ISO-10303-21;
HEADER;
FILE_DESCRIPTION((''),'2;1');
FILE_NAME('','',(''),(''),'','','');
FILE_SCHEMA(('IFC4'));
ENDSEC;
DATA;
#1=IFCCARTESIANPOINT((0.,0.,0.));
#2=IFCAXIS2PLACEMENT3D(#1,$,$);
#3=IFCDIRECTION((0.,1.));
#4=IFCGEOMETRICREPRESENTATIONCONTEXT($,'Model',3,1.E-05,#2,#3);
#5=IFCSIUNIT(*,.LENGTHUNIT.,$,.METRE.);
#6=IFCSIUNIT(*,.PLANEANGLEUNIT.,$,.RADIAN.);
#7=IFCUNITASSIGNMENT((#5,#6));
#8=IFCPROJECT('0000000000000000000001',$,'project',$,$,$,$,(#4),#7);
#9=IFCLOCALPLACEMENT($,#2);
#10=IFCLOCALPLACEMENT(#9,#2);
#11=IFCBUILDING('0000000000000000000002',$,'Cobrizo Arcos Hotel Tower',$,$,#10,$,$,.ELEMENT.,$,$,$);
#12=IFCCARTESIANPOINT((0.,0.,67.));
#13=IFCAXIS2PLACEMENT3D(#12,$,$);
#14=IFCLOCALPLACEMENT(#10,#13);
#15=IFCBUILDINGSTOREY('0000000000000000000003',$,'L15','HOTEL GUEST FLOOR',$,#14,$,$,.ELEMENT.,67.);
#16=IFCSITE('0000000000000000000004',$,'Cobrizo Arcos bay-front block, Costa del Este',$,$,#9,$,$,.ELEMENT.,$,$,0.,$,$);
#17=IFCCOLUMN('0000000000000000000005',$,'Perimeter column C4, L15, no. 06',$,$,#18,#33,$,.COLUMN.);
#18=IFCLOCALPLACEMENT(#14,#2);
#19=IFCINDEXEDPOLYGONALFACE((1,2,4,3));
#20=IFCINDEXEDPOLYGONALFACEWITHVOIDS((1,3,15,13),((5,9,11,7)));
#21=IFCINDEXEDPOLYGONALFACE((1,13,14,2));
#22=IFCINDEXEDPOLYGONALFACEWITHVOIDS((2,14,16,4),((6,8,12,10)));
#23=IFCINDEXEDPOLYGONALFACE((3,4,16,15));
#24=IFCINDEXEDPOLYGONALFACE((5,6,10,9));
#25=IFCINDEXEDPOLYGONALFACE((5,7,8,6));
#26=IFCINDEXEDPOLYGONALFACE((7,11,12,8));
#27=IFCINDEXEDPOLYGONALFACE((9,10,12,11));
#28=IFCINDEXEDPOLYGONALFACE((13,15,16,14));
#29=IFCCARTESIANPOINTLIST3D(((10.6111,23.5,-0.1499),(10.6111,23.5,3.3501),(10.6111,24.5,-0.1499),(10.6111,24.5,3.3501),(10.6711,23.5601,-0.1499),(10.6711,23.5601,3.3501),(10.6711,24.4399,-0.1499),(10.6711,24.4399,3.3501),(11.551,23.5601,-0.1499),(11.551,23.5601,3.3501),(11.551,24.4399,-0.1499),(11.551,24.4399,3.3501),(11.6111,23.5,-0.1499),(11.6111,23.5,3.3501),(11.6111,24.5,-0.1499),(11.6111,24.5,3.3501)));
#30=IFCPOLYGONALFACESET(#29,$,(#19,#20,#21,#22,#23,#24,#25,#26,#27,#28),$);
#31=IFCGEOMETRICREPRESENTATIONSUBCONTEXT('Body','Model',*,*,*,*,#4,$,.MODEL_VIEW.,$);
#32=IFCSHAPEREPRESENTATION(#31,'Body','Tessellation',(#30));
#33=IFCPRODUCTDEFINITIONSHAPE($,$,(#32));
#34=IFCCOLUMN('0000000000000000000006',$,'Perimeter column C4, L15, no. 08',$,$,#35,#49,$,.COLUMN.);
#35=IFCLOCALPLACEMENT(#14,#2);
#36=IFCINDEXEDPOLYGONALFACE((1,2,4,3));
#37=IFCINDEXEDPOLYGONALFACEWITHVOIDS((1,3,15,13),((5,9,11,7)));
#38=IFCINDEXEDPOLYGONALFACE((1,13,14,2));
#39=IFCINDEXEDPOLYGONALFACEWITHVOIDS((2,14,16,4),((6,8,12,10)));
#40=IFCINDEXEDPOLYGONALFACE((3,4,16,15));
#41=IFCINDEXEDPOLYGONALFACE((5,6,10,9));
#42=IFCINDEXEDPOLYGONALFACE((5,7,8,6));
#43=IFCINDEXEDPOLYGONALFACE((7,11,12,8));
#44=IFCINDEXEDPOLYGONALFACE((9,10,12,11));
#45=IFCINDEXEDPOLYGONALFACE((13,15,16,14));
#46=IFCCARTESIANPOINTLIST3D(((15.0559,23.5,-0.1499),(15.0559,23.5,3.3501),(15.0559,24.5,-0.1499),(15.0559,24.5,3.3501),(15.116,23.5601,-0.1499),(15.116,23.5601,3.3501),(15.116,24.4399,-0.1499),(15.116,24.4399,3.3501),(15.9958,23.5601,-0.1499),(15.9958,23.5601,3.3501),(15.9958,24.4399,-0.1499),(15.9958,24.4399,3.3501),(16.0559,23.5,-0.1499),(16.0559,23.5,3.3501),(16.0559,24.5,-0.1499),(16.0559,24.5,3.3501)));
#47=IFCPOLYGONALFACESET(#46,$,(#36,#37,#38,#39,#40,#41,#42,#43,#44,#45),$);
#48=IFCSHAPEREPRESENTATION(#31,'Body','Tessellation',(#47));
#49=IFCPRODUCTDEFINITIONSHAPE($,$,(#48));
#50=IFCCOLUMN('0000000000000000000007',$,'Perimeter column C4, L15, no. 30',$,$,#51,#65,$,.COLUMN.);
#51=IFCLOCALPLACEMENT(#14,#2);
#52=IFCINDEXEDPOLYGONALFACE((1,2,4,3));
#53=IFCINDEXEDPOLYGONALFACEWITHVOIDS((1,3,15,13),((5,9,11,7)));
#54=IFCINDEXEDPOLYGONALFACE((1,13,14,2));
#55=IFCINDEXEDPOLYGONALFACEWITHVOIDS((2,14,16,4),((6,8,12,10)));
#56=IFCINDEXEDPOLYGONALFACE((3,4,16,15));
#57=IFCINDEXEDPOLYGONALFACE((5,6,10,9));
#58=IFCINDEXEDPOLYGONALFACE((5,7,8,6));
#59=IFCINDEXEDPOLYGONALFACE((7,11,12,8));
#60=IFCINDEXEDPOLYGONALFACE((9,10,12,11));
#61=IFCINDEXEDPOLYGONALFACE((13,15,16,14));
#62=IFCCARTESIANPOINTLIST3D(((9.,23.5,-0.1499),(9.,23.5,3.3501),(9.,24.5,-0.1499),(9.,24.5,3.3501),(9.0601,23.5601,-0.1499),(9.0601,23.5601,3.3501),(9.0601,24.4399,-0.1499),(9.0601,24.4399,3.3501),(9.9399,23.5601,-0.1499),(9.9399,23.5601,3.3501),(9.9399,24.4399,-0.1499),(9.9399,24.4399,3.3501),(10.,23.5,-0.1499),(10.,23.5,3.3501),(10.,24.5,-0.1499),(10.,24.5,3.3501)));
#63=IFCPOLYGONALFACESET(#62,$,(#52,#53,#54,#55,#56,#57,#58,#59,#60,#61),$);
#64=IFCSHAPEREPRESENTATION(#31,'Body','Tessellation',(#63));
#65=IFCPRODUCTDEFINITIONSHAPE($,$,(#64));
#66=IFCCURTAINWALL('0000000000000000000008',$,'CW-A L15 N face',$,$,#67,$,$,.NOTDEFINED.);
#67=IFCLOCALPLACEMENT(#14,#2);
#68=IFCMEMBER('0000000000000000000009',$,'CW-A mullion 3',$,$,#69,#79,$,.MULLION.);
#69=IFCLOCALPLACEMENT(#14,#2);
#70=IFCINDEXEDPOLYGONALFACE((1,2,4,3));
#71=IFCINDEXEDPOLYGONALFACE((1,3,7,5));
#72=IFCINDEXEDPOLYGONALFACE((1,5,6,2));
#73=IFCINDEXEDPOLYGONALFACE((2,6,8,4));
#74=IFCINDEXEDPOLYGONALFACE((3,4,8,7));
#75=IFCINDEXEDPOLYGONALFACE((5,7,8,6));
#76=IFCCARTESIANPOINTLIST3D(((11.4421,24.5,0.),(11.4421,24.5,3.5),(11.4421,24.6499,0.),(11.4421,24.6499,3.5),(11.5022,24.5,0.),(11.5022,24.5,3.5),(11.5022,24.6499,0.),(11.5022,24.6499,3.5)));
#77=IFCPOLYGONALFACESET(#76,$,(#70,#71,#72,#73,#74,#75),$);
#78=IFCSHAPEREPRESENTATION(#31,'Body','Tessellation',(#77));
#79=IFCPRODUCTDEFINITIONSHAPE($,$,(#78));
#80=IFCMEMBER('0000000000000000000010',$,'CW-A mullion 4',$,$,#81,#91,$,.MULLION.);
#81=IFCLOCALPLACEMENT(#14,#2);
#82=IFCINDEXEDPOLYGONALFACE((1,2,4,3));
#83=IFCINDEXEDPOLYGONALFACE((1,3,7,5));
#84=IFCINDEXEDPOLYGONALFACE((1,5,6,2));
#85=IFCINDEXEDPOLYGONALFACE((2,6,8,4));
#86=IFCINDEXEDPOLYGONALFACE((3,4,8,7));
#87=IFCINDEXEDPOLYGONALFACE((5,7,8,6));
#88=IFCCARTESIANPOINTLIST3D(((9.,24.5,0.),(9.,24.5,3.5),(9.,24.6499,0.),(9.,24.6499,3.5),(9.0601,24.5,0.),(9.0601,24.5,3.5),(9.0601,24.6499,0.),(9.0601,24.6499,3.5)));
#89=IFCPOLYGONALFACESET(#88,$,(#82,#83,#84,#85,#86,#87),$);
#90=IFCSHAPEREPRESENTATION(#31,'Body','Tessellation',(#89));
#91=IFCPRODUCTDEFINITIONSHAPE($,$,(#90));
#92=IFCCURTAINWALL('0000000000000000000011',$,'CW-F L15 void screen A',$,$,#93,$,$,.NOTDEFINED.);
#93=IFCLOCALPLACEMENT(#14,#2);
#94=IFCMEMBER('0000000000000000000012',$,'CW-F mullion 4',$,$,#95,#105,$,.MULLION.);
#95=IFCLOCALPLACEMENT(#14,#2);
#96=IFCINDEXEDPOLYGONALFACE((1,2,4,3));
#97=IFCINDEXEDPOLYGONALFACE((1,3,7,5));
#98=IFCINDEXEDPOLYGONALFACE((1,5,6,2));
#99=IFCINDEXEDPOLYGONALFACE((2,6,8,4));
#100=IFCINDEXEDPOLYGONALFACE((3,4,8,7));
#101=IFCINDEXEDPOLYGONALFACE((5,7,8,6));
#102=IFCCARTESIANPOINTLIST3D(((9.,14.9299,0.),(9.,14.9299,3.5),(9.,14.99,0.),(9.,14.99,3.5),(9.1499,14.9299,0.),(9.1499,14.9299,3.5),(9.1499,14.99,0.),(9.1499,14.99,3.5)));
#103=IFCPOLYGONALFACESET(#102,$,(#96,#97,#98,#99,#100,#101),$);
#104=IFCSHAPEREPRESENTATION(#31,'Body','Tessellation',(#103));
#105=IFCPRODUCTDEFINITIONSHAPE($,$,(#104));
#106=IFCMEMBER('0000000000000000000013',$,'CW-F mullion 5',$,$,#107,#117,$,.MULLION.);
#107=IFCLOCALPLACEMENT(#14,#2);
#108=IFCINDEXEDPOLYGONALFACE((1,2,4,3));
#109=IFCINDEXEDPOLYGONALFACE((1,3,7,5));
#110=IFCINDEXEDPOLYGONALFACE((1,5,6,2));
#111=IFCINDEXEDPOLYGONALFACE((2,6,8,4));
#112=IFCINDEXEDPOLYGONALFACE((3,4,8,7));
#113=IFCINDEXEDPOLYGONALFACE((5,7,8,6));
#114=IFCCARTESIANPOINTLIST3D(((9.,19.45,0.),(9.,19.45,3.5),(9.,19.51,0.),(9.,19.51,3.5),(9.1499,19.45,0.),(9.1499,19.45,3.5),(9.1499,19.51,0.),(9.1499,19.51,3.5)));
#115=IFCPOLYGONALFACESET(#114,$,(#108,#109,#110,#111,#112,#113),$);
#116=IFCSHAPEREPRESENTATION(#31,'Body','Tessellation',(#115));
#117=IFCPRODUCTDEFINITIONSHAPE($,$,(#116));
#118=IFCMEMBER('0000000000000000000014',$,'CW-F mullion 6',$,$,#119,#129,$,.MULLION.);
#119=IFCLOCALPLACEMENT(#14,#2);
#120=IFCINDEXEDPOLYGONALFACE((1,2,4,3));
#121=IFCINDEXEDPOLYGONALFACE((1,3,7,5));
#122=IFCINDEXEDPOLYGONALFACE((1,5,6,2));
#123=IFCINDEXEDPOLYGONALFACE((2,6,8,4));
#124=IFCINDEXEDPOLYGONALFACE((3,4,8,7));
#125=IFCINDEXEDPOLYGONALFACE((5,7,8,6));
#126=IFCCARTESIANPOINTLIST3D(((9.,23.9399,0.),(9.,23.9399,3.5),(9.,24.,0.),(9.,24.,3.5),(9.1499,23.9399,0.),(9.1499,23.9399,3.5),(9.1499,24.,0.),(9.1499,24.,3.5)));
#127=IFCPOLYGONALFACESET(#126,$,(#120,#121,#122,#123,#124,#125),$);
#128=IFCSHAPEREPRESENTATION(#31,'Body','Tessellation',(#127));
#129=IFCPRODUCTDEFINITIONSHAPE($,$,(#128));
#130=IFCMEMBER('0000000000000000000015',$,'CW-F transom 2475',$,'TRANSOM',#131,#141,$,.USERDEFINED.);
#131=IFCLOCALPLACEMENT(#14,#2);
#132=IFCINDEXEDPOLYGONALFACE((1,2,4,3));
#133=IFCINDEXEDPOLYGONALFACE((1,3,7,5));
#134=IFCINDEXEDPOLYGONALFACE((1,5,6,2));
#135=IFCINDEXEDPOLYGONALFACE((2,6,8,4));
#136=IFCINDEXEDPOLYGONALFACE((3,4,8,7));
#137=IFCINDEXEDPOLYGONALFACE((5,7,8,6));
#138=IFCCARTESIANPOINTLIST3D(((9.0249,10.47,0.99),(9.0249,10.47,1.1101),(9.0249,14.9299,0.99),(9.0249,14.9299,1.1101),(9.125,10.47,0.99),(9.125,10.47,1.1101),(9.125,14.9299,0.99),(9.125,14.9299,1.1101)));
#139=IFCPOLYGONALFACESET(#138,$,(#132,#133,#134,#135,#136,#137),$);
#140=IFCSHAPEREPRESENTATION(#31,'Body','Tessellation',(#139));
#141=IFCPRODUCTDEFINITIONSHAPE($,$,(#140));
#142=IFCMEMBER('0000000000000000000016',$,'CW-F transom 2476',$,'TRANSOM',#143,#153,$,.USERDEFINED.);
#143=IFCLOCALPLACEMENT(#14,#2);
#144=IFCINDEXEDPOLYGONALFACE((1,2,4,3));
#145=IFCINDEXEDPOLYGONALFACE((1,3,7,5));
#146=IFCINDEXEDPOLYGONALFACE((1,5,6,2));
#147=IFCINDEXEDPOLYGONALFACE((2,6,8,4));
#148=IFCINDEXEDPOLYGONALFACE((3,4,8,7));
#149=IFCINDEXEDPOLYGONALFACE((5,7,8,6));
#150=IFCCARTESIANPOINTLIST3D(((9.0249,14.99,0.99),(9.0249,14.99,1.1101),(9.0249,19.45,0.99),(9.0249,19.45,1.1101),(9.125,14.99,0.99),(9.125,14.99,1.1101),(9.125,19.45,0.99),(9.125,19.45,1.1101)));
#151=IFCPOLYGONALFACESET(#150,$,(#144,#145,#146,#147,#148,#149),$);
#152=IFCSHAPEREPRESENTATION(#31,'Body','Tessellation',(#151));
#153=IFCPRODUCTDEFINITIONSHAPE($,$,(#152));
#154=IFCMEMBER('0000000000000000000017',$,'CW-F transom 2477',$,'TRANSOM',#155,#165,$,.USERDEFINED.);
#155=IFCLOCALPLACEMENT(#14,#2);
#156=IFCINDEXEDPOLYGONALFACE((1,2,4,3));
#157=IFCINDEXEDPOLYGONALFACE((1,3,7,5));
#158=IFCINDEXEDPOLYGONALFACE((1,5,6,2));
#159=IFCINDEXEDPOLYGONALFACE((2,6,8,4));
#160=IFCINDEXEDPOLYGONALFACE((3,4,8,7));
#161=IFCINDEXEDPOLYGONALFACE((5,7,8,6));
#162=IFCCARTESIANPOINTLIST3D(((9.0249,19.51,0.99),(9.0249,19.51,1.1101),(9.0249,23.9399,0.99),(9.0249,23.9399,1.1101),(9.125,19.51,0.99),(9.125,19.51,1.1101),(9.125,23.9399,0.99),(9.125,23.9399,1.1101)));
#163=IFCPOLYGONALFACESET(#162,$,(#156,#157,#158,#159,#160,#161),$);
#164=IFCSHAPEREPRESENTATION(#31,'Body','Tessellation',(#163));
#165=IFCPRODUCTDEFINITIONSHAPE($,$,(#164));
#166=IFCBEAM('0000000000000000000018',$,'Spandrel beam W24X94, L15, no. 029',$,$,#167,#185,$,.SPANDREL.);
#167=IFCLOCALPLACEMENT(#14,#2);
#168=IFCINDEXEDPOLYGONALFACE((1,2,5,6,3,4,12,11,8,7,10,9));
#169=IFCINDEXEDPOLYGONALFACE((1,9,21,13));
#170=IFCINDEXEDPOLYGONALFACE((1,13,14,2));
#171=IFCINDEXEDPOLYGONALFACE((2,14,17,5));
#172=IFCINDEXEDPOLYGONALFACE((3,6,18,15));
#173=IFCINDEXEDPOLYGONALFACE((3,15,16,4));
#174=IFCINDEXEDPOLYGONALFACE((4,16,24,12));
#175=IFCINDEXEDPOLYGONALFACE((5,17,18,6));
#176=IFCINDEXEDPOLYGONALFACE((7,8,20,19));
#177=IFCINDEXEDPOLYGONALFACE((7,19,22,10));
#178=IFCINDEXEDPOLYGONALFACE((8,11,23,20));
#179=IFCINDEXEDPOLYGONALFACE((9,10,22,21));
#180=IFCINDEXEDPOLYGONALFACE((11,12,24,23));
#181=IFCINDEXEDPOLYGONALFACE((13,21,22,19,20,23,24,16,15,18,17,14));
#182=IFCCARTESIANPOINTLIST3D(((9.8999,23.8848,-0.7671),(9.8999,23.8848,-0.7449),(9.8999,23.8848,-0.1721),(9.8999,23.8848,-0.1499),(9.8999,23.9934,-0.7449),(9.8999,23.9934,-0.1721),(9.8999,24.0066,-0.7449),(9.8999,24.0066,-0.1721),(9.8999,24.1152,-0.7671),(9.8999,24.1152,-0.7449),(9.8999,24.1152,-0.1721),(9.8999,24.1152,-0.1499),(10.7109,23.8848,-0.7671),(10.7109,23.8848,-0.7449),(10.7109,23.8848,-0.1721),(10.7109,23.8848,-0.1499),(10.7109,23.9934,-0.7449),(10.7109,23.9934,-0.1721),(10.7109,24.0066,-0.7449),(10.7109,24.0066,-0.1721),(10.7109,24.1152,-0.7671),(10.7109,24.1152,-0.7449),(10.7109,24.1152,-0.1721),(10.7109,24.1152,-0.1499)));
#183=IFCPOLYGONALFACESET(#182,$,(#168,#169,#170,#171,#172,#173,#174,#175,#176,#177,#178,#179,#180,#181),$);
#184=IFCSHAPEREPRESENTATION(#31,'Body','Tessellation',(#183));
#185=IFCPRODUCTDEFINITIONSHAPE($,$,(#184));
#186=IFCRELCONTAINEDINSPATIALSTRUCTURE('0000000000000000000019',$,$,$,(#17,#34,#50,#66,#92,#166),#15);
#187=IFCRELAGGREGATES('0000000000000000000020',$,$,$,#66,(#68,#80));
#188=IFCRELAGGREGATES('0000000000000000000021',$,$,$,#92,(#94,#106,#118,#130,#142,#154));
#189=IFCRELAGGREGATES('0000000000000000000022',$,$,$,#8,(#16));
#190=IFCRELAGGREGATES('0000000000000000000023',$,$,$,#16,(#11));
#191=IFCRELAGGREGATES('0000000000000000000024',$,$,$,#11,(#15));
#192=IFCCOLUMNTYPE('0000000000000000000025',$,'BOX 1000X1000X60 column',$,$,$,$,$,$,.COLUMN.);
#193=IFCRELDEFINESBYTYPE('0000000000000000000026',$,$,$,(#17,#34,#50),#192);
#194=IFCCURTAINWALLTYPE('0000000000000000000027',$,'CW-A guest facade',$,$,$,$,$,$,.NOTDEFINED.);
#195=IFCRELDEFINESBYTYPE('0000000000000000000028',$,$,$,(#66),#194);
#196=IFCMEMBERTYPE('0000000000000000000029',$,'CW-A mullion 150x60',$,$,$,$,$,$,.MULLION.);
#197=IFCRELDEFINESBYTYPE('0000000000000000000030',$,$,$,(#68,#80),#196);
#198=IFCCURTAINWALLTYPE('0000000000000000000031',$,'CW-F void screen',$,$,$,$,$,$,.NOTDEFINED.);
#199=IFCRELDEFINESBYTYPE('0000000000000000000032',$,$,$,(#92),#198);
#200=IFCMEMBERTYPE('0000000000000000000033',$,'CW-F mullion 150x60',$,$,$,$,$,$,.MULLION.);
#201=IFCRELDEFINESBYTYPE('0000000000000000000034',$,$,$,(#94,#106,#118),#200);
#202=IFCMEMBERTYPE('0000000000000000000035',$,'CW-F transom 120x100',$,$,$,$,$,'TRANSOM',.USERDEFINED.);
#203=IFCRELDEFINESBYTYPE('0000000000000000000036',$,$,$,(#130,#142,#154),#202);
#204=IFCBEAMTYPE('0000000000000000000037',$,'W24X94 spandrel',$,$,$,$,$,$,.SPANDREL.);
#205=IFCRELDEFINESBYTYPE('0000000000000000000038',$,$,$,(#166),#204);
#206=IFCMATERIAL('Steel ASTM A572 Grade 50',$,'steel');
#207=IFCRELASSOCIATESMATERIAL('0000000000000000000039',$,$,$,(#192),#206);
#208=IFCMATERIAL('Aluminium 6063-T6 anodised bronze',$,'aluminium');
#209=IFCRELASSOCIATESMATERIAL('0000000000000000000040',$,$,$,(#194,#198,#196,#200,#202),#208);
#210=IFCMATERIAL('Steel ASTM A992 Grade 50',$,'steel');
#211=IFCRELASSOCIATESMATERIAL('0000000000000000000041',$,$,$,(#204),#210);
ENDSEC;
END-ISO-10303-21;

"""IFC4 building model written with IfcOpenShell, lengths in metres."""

from ifc_helpers import new_model, si_unit, direction, frame, origin, origin_2d, place, context, subcontext, project, spatial, rectangle, hollow_rectangle, i_section, extrude, material, material_profile, profile_set, type_object, element, aggregate, save


model = new_model("IFC4")

# Units and contexts
model_context = context("Model", 3, precision=1e-05, world=origin(), true_north=direction((0.0, 1.0)))
body_context = subcontext(model_context, "Body", "Model", "MODEL_VIEW")
ifc_project = project(units=[si_unit("LENGTHUNIT", "METRE"), si_unit("PLANEANGLEUNIT", "RADIAN")], contexts=[model_context])

# Site, building, storey
site_placement = place(None, origin())
site = spatial("IfcSite", under=ifc_project, at=site_placement, Name="Cobrizo Arcos bay-front block, Costa del Este", CompositionType="ELEMENT", RefElevation=0.0)
building_placement = place(site_placement, origin())
building = spatial("IfcBuilding", under=site, at=building_placement, Name="Cobrizo Arcos Hotel Tower", CompositionType="ELEMENT")
storey_placement = place(building_placement, frame((0.0, 0.0, 67.0)))
storey = spatial("IfcBuildingStorey", under=building, at=storey_placement, Name="L15", Description="HOTEL GUEST FLOOR", CompositionType="ELEMENT", Elevation=67.0)

# Columns
ifc_material_1 = material(Name="Steel ASTM A572 Grade 50", Category="steel")
ifc_material_profile_1 = material_profile(ifc_material_1, hollow_rectangle(XDim=1.0, YDim=1.0, WallThickness=0.0601, at=origin_2d()), Name="BOX 1000X1000X60")
ifc_profile_set_1 = profile_set([ifc_material_profile_1], Name="Steel ASTM A572 Grade 50")
column_type = type_object("IfcColumnType", Name="BOX 1000X1000X60 column", PredefinedType="COLUMN", material=ifc_profile_set_1)
for number, where, z_axis, x_axis, name in (
    (1, (11.1111, 24.0, -0.1499), (0.0, 0.0, 1.0), (1.0, 0.0, 0.0), "Perimeter column C4, L15, no. 06"),
    (2, (15.5559, 24.0, -0.1499), (0.0, 0.0, 1.0), (1.0, 0.0, 0.0), "Perimeter column C4, L15, no. 08"),
    (3, (9.5, 24.0, -0.1499), (0.0, 0.0, 1.0), (1.0, 0.0, 0.0), "Perimeter column C4, L15, no. 30"),
):
    element("IfcColumn", number, at=place(storey_placement, frame(where, z_axis=z_axis, x_axis=x_axis)), inside=storey, type_object=column_type, Name=name, PredefinedType="COLUMN", context=body_context, shape_type="SweptSolid", body=[
        extrude(hollow_rectangle(XDim=1.0, YDim=1.0, WallThickness=0.0601, at=origin_2d()), origin(), (0.0, 0.0, 1.0), 3.5),
    ])

# Curtain walls, members
ifc_material_2 = material(Name="Aluminium 6063-T6 anodised bronze", Category="aluminium")
curtain_wall_type_1 = type_object("IfcCurtainWallType", Name="CW-A guest facade", PredefinedType="NOTDEFINED", material=ifc_material_2)
curtain_wall_1_placement = place(storey_placement, origin())
curtain_wall_1 = element("IfcCurtainWall", 4, at=curtain_wall_1_placement, inside=storey, type_object=curtain_wall_type_1, Name="CW-A L15 N face", PredefinedType="NOTDEFINED")
ifc_material_profile_2 = material_profile(ifc_material_2, rectangle(XDim=0.1499, YDim=0.0601, at=origin_2d()), Name="CW-A mullion 150x60")
ifc_profile_set_2 = profile_set([ifc_material_profile_2], Name="Aluminium 6063-T6 anodised bronze")
member_type_1 = type_object("IfcMemberType", Name="CW-A mullion 150x60", PredefinedType="MULLION", material=ifc_profile_set_2)
member_1_placement = place(storey_placement, frame((11.4722, 24.575, 0.0), z_axis=(0.0, 0.0, 1.0), x_axis=(0.0, 1.0, 0.0)))
member_1 = element("IfcMember", 5, at=member_1_placement, type_object=member_type_1, Name="CW-A mullion 3", PredefinedType="MULLION", context=body_context, shape_type="SweptSolid", body=[
    extrude(rectangle(XDim=0.1499, YDim=0.0601, at=origin_2d()), origin(), (0.0, 0.0, 1.0), 3.5),
])
member_2_placement = place(storey_placement, frame((9.03, 24.575, 0.0), z_axis=(0.0, 0.0, 1.0), x_axis=(0.0, 1.0, 0.0)))
member_2 = element("IfcMember", 6, at=member_2_placement, type_object=member_type_1, Name="CW-A mullion 4", PredefinedType="MULLION", context=body_context, shape_type="SweptSolid", body=[
    extrude(rectangle(XDim=0.1499, YDim=0.0601, at=origin_2d()), origin(), (0.0, 0.0, 1.0), 3.5),
])
curtain_wall_type_2 = type_object("IfcCurtainWallType", Name="CW-F void screen", PredefinedType="NOTDEFINED", material=ifc_material_2)
curtain_wall_2_placement = place(storey_placement, origin())
curtain_wall_2 = element("IfcCurtainWall", 7, at=curtain_wall_2_placement, inside=storey, type_object=curtain_wall_type_2, Name="CW-F L15 void screen A", PredefinedType="NOTDEFINED")
ifc_material_profile_3 = material_profile(ifc_material_2, rectangle(XDim=0.1499, YDim=0.0601, at=origin_2d()), Name="CW-F mullion 150x60")
ifc_profile_set_3 = profile_set([ifc_material_profile_3], Name="Aluminium 6063-T6 anodised bronze")
member_type_2 = type_object("IfcMemberType", Name="CW-F mullion 150x60", PredefinedType="MULLION", material=ifc_profile_set_3)
member_3_placement = place(storey_placement, frame((9.075, 14.96, 0.0), z_axis=(0.0, 0.0, 1.0), x_axis=(1.0, 0.0, 0.0)))
member_3 = element("IfcMember", 8, at=member_3_placement, type_object=member_type_2, Name="CW-F mullion 4", PredefinedType="MULLION", context=body_context, shape_type="SweptSolid", body=[
    extrude(rectangle(XDim=0.1499, YDim=0.0601, at=origin_2d()), origin(), (0.0, 0.0, 1.0), 3.5),
])
member_4_placement = place(storey_placement, frame((9.075, 19.48, 0.0), z_axis=(0.0, 0.0, 1.0), x_axis=(1.0, 0.0, 0.0)))
member_4 = element("IfcMember", 9, at=member_4_placement, type_object=member_type_2, Name="CW-F mullion 5", PredefinedType="MULLION", context=body_context, shape_type="SweptSolid", body=[
    extrude(rectangle(XDim=0.1499, YDim=0.0601, at=origin_2d()), origin(), (0.0, 0.0, 1.0), 3.5),
])
member_5_placement = place(storey_placement, frame((9.075, 23.97, 0.0), z_axis=(0.0, 0.0, 1.0), x_axis=(1.0, 0.0, 0.0)))
member_5 = element("IfcMember", 10, at=member_5_placement, type_object=member_type_2, Name="CW-F mullion 6", PredefinedType="MULLION", context=body_context, shape_type="SweptSolid", body=[
    extrude(rectangle(XDim=0.1499, YDim=0.0601, at=origin_2d()), origin(), (0.0, 0.0, 1.0), 3.5),
])
ifc_material_profile_4 = material_profile(ifc_material_2, rectangle(XDim=0.1001, YDim=0.1201, at=origin_2d()), Name="CW-F transom 120x100")
ifc_profile_set_4 = profile_set([ifc_material_profile_4], Name="Aluminium 6063-T6 anodised bronze")
member_type_3 = type_object("IfcMemberType", Name="CW-F transom 120x100", ElementType="TRANSOM", PredefinedType="USERDEFINED", material=ifc_profile_set_4)
member_6_placement = place(storey_placement, frame((9.075, 10.47, 1.05), z_axis=(0.0, 1.0, 0.0), x_axis=(-1.0, 0.0, 0.0)))
member_6 = element("IfcMember", 11, at=member_6_placement, type_object=member_type_3, Name="CW-F transom 2475", ObjectType="TRANSOM", PredefinedType="USERDEFINED", context=body_context, shape_type="SweptSolid", body=[
    extrude(rectangle(XDim=0.1001, YDim=0.1201, at=origin_2d()), origin(), (0.0, 0.0, 1.0), 4.46),
])
member_7_placement = place(storey_placement, frame((9.075, 14.99, 1.05), z_axis=(0.0, 1.0, 0.0), x_axis=(-1.0, 0.0, 0.0)))
member_7 = element("IfcMember", 12, at=member_7_placement, type_object=member_type_3, Name="CW-F transom 2476", ObjectType="TRANSOM", PredefinedType="USERDEFINED", context=body_context, shape_type="SweptSolid", body=[
    extrude(rectangle(XDim=0.1001, YDim=0.1201, at=origin_2d()), origin(), (0.0, 0.0, 1.0), 4.46),
])
member_8_placement = place(storey_placement, frame((9.075, 19.51, 1.05), z_axis=(0.0, 1.0, 0.0), x_axis=(-1.0, 0.0, 0.0)))
member_8 = element("IfcMember", 13, at=member_8_placement, type_object=member_type_3, Name="CW-F transom 2477", ObjectType="TRANSOM", PredefinedType="USERDEFINED", context=body_context, shape_type="SweptSolid", body=[
    extrude(rectangle(XDim=0.1001, YDim=0.1201, at=origin_2d()), origin(), (0.0, 0.0, 1.0), 4.4299),
])

# Beam
ifc_material_3 = material(Name="Steel ASTM A992 Grade 50", Category="steel")
ifc_material_profile_5 = material_profile(ifc_material_3, i_section(OverallWidth=0.2305, OverallDepth=0.6172, WebThickness=0.0132, FlangeThickness=0.0222, at=origin_2d()), Name="W24X94")
ifc_profile_set_5 = profile_set([ifc_material_profile_5], Name="Steel ASTM A992 Grade 50")
beam_type = type_object("IfcBeamType", Name="W24X94 spandrel", PredefinedType="SPANDREL", material=ifc_profile_set_5)
beam_1_placement = place(storey_placement, frame((9.8999, 24.0, -0.4585), z_axis=(1.0, 0.0, 0.0), x_axis=(0.0, 1.0, 0.0)))
element("IfcBeam", 14, at=beam_1_placement, inside=storey, type_object=beam_type, Name="Spandrel beam W24X94, L15, no. 029", PredefinedType="SPANDREL", context=body_context, shape_type="SweptSolid", body=[
    extrude(i_section(OverallWidth=0.2305, OverallDepth=0.6172, WebThickness=0.0132, FlangeThickness=0.0222, at=origin_2d()), origin(), (0.0, 0.0, 1.0), 0.811),
])

aggregate(curtain_wall_1, [member_1, member_2])
aggregate(curtain_wall_2, [member_3, member_4, member_5, member_6, member_7, member_8])

save(model, "model.ifc")
